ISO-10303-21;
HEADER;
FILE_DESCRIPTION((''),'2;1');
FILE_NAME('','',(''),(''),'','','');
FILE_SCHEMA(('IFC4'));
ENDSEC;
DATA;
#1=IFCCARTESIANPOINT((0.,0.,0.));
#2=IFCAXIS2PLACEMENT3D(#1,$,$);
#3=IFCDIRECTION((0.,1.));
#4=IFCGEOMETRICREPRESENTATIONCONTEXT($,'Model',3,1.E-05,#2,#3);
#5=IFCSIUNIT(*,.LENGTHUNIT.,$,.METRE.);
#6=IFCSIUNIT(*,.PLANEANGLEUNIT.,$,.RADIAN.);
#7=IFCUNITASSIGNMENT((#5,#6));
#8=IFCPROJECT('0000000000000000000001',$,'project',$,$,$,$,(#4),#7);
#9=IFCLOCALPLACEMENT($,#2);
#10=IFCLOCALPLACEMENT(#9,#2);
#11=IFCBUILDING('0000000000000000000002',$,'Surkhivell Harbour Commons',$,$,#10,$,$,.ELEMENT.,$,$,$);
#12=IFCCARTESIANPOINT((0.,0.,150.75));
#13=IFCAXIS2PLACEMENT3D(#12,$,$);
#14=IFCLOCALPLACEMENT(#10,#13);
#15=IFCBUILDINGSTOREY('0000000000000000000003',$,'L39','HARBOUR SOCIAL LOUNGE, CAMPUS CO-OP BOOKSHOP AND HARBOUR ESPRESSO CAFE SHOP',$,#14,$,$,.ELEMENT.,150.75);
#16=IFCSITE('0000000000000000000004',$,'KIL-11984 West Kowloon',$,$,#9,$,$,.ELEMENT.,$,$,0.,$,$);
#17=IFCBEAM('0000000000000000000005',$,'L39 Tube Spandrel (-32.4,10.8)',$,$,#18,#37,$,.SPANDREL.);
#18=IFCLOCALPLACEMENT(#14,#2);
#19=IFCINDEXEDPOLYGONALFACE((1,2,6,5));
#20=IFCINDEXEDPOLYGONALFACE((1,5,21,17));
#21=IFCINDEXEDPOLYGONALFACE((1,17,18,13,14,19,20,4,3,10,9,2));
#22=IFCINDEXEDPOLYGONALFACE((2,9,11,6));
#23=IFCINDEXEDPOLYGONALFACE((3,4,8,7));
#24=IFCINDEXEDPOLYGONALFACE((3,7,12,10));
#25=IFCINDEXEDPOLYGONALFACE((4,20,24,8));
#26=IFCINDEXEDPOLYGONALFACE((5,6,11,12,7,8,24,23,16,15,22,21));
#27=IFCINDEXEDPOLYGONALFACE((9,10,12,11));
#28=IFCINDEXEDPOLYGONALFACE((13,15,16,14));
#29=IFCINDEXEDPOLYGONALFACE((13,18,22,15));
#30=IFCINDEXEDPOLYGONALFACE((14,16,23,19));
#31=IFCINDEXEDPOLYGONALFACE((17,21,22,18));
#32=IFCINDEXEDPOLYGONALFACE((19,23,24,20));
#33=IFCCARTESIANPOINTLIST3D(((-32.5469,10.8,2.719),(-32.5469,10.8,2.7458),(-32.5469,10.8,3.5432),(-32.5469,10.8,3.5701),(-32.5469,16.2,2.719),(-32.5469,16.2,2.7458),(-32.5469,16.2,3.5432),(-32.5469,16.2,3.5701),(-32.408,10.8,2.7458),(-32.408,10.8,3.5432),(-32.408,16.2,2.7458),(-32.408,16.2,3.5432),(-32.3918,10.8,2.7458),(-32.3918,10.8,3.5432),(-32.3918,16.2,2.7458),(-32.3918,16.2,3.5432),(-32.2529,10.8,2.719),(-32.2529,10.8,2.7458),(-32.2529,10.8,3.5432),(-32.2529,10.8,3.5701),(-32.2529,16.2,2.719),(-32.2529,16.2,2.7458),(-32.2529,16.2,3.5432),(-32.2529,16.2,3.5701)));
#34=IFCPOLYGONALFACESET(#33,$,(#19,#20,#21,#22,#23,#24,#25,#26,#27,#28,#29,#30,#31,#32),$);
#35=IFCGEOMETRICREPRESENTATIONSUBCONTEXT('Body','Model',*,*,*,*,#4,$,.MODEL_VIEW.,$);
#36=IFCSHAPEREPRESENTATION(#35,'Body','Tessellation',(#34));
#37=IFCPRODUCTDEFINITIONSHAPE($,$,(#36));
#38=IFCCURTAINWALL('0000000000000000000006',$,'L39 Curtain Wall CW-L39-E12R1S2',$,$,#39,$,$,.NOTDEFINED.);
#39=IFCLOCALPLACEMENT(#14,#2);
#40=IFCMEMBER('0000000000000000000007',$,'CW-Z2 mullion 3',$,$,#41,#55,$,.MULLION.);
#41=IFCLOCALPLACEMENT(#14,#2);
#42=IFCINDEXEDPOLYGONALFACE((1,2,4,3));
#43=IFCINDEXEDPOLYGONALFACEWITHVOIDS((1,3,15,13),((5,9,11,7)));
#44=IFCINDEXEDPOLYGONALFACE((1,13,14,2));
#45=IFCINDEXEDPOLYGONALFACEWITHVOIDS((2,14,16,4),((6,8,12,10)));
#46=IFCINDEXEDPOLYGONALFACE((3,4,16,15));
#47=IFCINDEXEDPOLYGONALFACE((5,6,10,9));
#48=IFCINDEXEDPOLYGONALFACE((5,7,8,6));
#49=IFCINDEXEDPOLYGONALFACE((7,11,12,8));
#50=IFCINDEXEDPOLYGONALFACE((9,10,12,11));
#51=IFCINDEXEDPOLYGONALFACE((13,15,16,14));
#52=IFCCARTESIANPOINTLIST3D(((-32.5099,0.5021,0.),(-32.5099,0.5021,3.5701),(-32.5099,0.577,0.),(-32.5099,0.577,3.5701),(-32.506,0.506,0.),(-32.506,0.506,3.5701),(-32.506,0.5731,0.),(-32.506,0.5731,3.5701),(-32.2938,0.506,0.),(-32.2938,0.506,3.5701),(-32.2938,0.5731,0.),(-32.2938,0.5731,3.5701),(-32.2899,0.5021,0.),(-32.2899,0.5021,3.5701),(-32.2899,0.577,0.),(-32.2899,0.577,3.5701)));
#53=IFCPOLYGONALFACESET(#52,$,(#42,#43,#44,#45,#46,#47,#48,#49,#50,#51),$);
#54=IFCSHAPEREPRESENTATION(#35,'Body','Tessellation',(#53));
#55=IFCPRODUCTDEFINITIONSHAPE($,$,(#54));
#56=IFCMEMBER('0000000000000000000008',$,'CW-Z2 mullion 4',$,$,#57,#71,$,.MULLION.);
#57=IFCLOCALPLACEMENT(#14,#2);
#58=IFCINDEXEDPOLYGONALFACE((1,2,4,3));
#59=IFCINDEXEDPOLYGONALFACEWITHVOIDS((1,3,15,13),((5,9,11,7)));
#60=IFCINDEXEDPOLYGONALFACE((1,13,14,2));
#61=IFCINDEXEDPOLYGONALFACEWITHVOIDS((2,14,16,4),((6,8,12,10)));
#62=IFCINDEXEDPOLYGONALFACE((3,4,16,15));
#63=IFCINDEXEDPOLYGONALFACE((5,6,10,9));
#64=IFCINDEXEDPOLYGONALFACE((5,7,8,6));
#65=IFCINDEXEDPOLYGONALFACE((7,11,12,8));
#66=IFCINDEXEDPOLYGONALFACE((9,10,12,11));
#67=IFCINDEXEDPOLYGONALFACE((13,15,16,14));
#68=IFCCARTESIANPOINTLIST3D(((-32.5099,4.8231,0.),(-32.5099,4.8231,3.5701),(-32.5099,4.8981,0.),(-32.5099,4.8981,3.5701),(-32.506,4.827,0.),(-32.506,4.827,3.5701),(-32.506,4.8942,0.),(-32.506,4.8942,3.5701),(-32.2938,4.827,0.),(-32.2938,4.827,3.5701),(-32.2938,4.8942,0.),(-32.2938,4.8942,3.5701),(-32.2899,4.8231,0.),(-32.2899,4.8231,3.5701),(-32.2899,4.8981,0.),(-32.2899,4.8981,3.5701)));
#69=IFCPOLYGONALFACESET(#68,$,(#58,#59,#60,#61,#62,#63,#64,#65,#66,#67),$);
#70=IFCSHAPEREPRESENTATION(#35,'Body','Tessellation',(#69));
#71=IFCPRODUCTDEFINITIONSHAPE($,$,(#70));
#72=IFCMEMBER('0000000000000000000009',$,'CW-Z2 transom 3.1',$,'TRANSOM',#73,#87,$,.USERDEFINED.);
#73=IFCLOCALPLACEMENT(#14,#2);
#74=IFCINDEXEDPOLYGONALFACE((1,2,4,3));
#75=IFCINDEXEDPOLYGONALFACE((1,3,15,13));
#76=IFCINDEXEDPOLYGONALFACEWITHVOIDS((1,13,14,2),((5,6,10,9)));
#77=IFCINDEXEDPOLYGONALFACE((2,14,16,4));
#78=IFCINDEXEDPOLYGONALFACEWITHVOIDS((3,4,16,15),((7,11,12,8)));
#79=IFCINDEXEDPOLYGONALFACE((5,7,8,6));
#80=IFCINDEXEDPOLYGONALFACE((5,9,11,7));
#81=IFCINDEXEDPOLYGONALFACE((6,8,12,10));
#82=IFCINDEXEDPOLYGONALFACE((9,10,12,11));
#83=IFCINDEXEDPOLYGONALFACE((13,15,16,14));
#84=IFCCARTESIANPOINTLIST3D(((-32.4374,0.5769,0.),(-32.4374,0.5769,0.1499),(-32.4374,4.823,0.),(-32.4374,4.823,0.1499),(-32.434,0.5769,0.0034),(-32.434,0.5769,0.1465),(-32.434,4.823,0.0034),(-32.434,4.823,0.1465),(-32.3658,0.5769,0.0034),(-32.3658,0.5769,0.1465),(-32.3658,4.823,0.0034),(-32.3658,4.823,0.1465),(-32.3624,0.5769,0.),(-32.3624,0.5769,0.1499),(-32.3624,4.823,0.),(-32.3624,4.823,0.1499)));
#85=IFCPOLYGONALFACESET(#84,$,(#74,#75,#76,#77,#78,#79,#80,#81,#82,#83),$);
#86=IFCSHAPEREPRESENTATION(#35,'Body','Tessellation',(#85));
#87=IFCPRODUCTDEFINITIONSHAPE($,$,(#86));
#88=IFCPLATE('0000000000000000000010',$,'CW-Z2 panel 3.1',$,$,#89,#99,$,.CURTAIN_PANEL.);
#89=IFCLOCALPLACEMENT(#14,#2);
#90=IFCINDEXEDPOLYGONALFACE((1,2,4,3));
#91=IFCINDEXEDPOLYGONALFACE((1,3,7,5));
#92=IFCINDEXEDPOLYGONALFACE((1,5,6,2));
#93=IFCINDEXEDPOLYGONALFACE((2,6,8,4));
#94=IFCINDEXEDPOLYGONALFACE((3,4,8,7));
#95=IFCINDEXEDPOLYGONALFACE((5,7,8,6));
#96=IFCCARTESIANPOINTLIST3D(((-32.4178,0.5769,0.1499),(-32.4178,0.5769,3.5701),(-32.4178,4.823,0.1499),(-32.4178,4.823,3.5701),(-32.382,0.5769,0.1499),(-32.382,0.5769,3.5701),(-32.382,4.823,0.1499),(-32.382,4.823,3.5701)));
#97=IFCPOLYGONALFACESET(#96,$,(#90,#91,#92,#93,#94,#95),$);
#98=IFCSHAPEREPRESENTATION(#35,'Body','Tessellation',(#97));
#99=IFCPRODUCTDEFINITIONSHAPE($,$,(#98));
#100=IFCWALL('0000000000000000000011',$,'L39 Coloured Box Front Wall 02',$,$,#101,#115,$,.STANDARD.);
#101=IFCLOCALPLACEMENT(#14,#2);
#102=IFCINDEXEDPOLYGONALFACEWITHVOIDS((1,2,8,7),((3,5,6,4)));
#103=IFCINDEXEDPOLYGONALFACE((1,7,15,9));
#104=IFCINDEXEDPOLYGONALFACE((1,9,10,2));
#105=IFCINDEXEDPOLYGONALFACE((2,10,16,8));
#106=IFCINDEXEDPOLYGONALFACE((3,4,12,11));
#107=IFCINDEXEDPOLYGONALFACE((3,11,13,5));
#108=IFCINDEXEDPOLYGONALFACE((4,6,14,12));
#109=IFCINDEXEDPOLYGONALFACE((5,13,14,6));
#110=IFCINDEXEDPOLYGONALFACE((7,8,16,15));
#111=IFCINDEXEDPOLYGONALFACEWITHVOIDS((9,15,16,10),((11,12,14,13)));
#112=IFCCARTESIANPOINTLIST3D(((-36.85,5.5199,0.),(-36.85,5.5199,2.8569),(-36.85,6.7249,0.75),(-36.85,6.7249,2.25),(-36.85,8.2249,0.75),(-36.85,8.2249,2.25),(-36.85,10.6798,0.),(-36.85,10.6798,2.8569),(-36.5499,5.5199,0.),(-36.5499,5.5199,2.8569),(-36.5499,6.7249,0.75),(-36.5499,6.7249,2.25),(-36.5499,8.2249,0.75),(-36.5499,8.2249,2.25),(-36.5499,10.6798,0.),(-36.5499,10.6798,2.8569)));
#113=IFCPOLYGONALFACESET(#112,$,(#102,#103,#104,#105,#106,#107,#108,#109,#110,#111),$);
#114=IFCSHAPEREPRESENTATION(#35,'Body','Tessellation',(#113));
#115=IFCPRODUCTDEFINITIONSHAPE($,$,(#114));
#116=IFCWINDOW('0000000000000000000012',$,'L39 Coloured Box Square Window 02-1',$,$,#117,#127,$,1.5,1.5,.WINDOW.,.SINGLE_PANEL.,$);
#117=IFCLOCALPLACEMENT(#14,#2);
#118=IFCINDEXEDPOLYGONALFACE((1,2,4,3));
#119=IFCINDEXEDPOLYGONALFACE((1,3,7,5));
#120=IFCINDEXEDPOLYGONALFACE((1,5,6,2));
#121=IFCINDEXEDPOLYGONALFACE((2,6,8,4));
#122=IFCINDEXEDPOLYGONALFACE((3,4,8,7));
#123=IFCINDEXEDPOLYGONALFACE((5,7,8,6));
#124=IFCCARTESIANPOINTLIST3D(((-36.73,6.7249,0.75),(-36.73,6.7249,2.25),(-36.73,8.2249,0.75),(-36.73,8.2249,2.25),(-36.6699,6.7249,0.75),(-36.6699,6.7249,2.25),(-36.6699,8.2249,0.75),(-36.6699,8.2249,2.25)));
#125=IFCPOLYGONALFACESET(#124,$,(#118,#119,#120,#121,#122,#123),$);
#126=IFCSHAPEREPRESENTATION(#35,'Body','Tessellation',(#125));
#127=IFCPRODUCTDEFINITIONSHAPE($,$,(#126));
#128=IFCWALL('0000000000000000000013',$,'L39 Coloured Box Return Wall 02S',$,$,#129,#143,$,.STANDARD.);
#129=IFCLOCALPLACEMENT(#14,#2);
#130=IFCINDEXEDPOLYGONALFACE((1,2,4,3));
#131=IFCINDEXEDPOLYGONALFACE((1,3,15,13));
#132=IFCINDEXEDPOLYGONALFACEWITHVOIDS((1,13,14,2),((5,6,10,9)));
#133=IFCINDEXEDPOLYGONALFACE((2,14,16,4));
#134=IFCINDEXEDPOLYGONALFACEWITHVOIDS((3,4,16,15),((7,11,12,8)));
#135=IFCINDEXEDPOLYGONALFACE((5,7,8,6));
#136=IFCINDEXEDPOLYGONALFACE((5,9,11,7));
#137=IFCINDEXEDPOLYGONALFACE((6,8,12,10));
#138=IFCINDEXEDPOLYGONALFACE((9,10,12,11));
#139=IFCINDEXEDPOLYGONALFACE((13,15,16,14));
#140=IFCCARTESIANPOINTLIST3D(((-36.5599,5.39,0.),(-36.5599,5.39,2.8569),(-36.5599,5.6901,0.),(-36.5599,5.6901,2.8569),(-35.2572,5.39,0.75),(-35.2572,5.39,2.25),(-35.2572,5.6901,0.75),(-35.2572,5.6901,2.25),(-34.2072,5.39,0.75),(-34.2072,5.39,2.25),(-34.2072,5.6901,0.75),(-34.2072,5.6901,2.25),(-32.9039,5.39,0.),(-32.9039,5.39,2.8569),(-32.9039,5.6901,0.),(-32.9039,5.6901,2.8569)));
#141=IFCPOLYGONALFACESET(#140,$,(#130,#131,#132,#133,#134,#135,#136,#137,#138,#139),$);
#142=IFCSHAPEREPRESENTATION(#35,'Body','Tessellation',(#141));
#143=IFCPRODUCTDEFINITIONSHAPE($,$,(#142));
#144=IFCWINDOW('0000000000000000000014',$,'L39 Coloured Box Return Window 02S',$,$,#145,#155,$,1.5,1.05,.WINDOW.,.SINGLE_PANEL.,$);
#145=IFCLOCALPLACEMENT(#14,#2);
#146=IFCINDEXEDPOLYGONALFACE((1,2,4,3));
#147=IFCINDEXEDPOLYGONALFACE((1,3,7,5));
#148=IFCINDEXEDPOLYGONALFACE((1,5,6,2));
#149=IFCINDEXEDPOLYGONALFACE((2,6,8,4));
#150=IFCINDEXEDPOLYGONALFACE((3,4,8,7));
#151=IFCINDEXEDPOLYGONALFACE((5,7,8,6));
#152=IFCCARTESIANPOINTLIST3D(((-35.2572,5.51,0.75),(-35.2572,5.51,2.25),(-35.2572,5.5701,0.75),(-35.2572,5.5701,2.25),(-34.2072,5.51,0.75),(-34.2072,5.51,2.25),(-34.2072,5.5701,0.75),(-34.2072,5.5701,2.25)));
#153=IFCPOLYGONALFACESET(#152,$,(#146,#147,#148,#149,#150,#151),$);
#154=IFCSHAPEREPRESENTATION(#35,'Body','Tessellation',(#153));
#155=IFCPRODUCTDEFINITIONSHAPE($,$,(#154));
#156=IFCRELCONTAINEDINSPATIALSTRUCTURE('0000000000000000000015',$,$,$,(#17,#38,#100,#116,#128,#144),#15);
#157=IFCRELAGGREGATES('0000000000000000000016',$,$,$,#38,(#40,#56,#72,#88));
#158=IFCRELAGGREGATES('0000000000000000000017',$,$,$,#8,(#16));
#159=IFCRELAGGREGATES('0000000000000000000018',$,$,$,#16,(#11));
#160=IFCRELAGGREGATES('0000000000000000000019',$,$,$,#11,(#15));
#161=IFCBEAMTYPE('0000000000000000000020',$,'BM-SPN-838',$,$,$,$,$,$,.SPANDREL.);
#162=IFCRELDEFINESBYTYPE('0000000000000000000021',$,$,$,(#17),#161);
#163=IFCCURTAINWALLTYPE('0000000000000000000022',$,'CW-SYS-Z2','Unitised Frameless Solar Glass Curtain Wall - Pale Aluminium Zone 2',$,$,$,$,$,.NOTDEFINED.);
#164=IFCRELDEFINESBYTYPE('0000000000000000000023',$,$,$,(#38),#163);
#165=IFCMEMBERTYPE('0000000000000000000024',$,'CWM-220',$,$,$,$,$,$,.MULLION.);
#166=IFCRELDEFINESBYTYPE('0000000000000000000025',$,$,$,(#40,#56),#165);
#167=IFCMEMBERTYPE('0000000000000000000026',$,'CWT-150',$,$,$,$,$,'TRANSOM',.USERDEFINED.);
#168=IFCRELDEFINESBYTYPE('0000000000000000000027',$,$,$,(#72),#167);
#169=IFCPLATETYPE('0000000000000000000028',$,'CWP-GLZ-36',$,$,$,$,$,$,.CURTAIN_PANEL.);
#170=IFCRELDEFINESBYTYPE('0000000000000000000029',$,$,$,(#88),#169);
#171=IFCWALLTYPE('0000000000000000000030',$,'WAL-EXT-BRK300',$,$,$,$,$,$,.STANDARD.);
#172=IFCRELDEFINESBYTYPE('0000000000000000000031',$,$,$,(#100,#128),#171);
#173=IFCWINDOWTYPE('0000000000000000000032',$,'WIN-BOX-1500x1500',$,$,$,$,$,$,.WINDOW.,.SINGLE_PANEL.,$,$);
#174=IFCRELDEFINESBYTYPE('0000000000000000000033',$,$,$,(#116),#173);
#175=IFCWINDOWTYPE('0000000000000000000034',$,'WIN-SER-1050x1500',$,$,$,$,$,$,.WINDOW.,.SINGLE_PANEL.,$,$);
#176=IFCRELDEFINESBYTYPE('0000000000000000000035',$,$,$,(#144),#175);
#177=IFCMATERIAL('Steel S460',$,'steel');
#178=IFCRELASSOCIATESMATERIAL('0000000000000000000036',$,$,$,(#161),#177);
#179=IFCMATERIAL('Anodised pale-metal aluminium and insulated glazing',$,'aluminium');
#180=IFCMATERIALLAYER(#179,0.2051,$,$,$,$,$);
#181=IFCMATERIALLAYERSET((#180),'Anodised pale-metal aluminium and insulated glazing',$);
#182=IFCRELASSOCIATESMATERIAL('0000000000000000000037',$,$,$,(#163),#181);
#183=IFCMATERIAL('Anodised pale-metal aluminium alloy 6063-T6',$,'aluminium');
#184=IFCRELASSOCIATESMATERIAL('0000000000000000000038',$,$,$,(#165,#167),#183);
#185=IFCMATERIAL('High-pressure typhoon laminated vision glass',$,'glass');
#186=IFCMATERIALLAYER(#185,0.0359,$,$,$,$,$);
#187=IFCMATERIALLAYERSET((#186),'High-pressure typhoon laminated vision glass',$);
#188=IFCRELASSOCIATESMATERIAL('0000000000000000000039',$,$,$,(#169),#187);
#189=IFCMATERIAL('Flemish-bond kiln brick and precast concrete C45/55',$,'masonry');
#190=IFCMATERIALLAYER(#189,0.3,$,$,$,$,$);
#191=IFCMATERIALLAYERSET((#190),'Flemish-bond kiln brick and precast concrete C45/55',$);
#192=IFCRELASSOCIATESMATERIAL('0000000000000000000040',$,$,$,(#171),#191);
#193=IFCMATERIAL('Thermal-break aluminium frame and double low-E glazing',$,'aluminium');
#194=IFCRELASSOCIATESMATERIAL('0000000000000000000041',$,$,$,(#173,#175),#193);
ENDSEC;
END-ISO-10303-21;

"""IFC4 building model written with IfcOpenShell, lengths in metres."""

from ifc_helpers import new_model, si_unit, direction, frame, frame_2d, origin, origin_2d, place, context, subcontext, project, spatial, rectangle, hollow_rectangle, i_section, extrude, material, layer, layer_set, material_profile, profile_set, type_object, element, fill, aggregate, save


model = new_model("IFC4")

# Units and contexts
model_context = context("Model", 3, precision=1e-05, world=origin(), true_north=direction((0.0, 1.0)))
body_context = subcontext(model_context, "Body", "Model", "MODEL_VIEW")
ifc_project = project(units=[si_unit("LENGTHUNIT", "METRE"), si_unit("PLANEANGLEUNIT", "RADIAN")], contexts=[model_context])

# Site, building, storey
site_placement = place(None, origin())
site = spatial("IfcSite", under=ifc_project, at=site_placement, Name="KIL-11984 West Kowloon", CompositionType="ELEMENT", RefElevation=0.0)
building_placement = place(site_placement, origin())
building = spatial("IfcBuilding", under=site, at=building_placement, Name="Surkhivell Harbour Commons", CompositionType="ELEMENT")
storey_placement = place(building_placement, frame((0.0, 0.0, 150.75)))
storey = spatial("IfcBuildingStorey", under=building, at=storey_placement, Name="L39", Description="HARBOUR SOCIAL LOUNGE, CAMPUS CO-OP BOOKSHOP AND HARBOUR ESPRESSO CAFE SHOP", CompositionType="ELEMENT", Elevation=150.75)

# Beam
ifc_material_1 = material(Name="Steel S460", Category="steel")
ifc_material_profile_1 = material_profile(ifc_material_1, i_section(OverallWidth=0.2939, OverallDepth=0.8511, WebThickness=0.0161, FlangeThickness=0.0269, at=origin_2d()), Name="UB838x292x226")
ifc_profile_set_1 = profile_set([ifc_material_profile_1], Name="Steel S460")
beam_type_1 = type_object("IfcBeamType", Name="BM-SPN-838", PredefinedType="SPANDREL", material=ifc_profile_set_1)
beam_1_placement = place(storey_placement, frame((-32.3999, 10.8, 3.1445), z_axis=(0.0, 1.0, 0.0), x_axis=(-1.0, 0.0, 0.0)))
element("IfcBeam", 1, at=beam_1_placement, inside=storey, type_object=beam_type_1, Name="L39 Tube Spandrel (-32.4,10.8)", PredefinedType="SPANDREL", context=body_context, shape_type="SweptSolid", body=[
    extrude(i_section(OverallWidth=0.2939, OverallDepth=0.8511, WebThickness=0.0161, FlangeThickness=0.0269, at=origin_2d()), origin(), (0.0, 0.0, 1.0), 5.3999),
])

# Curtain wall, members, plate
ifc_material_2 = material(Name="Anodised pale-metal aluminium and insulated glazing", Category="aluminium")
ifc_layer_1 = layer(ifc_material_2, 0.2051)
ifc_layer_set_1 = layer_set([ifc_layer_1], Name="Anodised pale-metal aluminium and insulated glazing")
curtain_wall_type = type_object("IfcCurtainWallType", Name="CW-SYS-Z2", Description="Unitised Frameless Solar Glass Curtain Wall - Pale Aluminium Zone 2", PredefinedType="NOTDEFINED", material=ifc_layer_set_1)
curtain_wall_placement = place(storey_placement, origin())
curtain_wall = element("IfcCurtainWall", 2, at=curtain_wall_placement, inside=storey, type_object=curtain_wall_type, Name="L39 Curtain Wall CW-L39-E12R1S2", PredefinedType="NOTDEFINED")
ifc_material_3 = material(Name="Anodised pale-metal aluminium alloy 6063-T6", Category="aluminium")
ifc_material_profile_2 = material_profile(ifc_material_3, hollow_rectangle(XDim=0.075, YDim=0.22, WallThickness=0.0039, at=origin_2d()), Name="ALU-MULL-75x220")
ifc_profile_set_2 = profile_set([ifc_material_profile_2], Name="Anodised pale-metal aluminium alloy 6063-T6")
member_type_1 = type_object("IfcMemberType", Name="CWM-220", PredefinedType="MULLION", material=ifc_profile_set_2)
member_1_placement = place(storey_placement, frame((-32.3999, 0.5396, 0.0), z_axis=(0.0, 0.0, 1.0), x_axis=(0.0, 1.0, 0.0)))
member_1 = element("IfcMember", 3, at=member_1_placement, type_object=member_type_1, Name="CW-Z2 mullion 3", PredefinedType="MULLION", context=body_context, shape_type="SweptSolid", body=[
    extrude(hollow_rectangle(XDim=0.075, YDim=0.22, WallThickness=0.0039, at=origin_2d()), origin(), (0.0, 0.0, 1.0), 3.5701),
])
member_2_placement = place(storey_placement, frame((-32.3999, 4.8606, 0.0), z_axis=(0.0, 0.0, 1.0), x_axis=(0.0, 1.0, 0.0)))
member_2 = element("IfcMember", 4, at=member_2_placement, type_object=member_type_1, Name="CW-Z2 mullion 4", PredefinedType="MULLION", context=body_context, shape_type="SweptSolid", body=[
    extrude(hollow_rectangle(XDim=0.075, YDim=0.22, WallThickness=0.0039, at=origin_2d()), origin(), (0.0, 0.0, 1.0), 3.5701),
])
ifc_material_profile_3 = material_profile(ifc_material_3, hollow_rectangle(XDim=0.075, YDim=0.1499, WallThickness=0.0034, at=origin_2d()), Name="ALU-TRAN-75x150")
ifc_profile_set_3 = profile_set([ifc_material_profile_3], Name="Anodised pale-metal aluminium alloy 6063-T6")
member_type_2 = type_object("IfcMemberType", Name="CWT-150", ElementType="TRANSOM", PredefinedType="USERDEFINED", material=ifc_profile_set_3)
member_3_placement = place(storey_placement, frame((-32.3999, 0.5769, 0.075), z_axis=(0.0, 1.0, 0.0), x_axis=(-1.0, 0.0, 0.0)))
member_3 = element("IfcMember", 5, at=member_3_placement, type_object=member_type_2, Name="CW-Z2 transom 3.1", ObjectType="TRANSOM", PredefinedType="USERDEFINED", context=body_context, shape_type="SweptSolid", body=[
    extrude(hollow_rectangle(XDim=0.075, YDim=0.1499, WallThickness=0.0034, at=origin_2d()), origin(), (0.0, 0.0, 1.0), 4.2461),
])
ifc_material_4 = material(Name="High-pressure typhoon laminated vision glass", Category="glass")
ifc_layer_2 = layer(ifc_material_4, 0.0359)
ifc_layer_set_2 = layer_set([ifc_layer_2], Name="High-pressure typhoon laminated vision glass")
plate_type = type_object("IfcPlateType", Name="CWP-GLZ-36", PredefinedType="CURTAIN_PANEL", material=ifc_layer_set_2)
plate_placement = place(storey_placement, frame((-32.3999, 0.5769, 0.1499), z_axis=(0.0, 0.0, 1.0), x_axis=(0.0, 1.0, 0.0)))
plate = element("IfcPlate", 6, at=plate_placement, type_object=plate_type, Name="CW-Z2 panel 3.1", PredefinedType="CURTAIN_PANEL", context=body_context, shape_type="SweptSolid", body=[
    extrude(rectangle(XDim=4.2461, YDim=0.0359, at=frame_2d((2.123, 0.0))), origin(), (0.0, 0.0, 1.0), 3.4202),
])
aggregate(curtain_wall, [member_1, member_2, member_3, plate])

# Walls, openings, windows
ifc_material_5 = material(Name="Flemish-bond kiln brick and precast concrete C45/55", Category="masonry")
ifc_layer_3 = layer(ifc_material_5, 0.3)
ifc_layer_set_3 = layer_set([ifc_layer_3], Name="Flemish-bond kiln brick and precast concrete C45/55")
wall_type_1 = type_object("IfcWallType", Name="WAL-EXT-BRK300", PredefinedType="STANDARD", material=ifc_layer_set_3)
wall_1_placement = place(storey_placement, frame((-36.7, 10.6799, 0.0), z_axis=(0.0, 0.0, 1.0), x_axis=(0.0, -1.0, 0.0)))
wall_1 = element("IfcWall", 7, at=wall_1_placement, inside=storey, type_object=wall_type_1, Name="L39 Coloured Box Front Wall 02", PredefinedType="STANDARD", context=body_context, shape_type="SweptSolid", body=[
    extrude(rectangle(XDim=5.1599, YDim=0.3, at=frame_2d((2.5801, 0.0))), origin(), (0.0, 0.0, 1.0), 2.8569),
])
opening_1_placement = place(wall_1_placement, frame((2.4551, 0.0, 0.75)))
opening_1 = element("IfcOpeningElement", 8, at=opening_1_placement, cuts=wall_1, PredefinedType="OPENING", context=body_context, shape_type="SweptSolid", body=[
    extrude(rectangle(XDim=1.5, YDim=1.5, at=frame_2d((0.75, 0.75))), frame((0.0, 0.1599, 0.0), z_axis=(0.0, -1.0, 0.0), x_axis=(1.0, 0.0, 0.0)), (0.0, 0.0, 1.0), 0.3201),
])
ifc_material_6 = material(Name="Thermal-break aluminium frame and double low-E glazing", Category="aluminium")
window_type_1 = type_object("IfcWindowType", Name="WIN-BOX-1500x1500", PartitioningType="SINGLE_PANEL", PredefinedType="WINDOW", material=ifc_material_6)
window_1_placement = place(opening_1_placement, origin())
window_1 = element("IfcWindow", 9, at=window_1_placement, inside=storey, type_object=window_type_1, Name="L39 Coloured Box Square Window 02-1", OverallHeight=1.5, OverallWidth=1.5, PartitioningType="SINGLE_PANEL", PredefinedType="WINDOW", context=body_context, shape_type="SweptSolid", body=[
    extrude(rectangle(XDim=1.5, YDim=1.5, at=frame_2d((0.75, 0.75))), frame((0.0, 0.03, 0.0), z_axis=(0.0, -1.0, 0.0), x_axis=(1.0, 0.0, 0.0)), (0.0, 0.0, 1.0), 0.0601),
])
fill(opening_1, window_1)
wall_2_placement = place(storey_placement, frame((-36.5601, 5.54, 0.0), z_axis=(0.0, 0.0, 1.0), x_axis=(1.0, 0.0, 0.0)))
wall_2 = element("IfcWall", 10, at=wall_2_placement, inside=storey, type_object=wall_type_1, Name="L39 Coloured Box Return Wall 02S", PredefinedType="STANDARD", context=body_context, shape_type="SweptSolid", body=[
    extrude(rectangle(XDim=3.656, YDim=0.3, at=frame_2d((1.8281, 0.0))), origin(), (0.0, 0.0, 1.0), 2.8569),
])
opening_2_placement = place(wall_2_placement, frame((1.303, 0.0, 0.75)))
opening_2 = element("IfcOpeningElement", 11, at=opening_2_placement, cuts=wall_2, PredefinedType="OPENING", context=body_context, shape_type="SweptSolid", body=[
    extrude(rectangle(XDim=1.05, YDim=1.5, at=frame_2d((0.5249, 0.75))), frame((0.0, 0.1599, 0.0), z_axis=(0.0, -1.0, 0.0), x_axis=(1.0, 0.0, 0.0)), (0.0, 0.0, 1.0), 0.3201),
])
window_type_2 = type_object("IfcWindowType", Name="WIN-SER-1050x1500", PartitioningType="SINGLE_PANEL", PredefinedType="WINDOW", material=ifc_material_6)
window_2_placement = place(opening_2_placement, origin())
window_2 = element("IfcWindow", 12, at=window_2_placement, inside=storey, type_object=window_type_2, Name="L39 Coloured Box Return Window 02S", OverallHeight=1.5, OverallWidth=1.05, PartitioningType="SINGLE_PANEL", PredefinedType="WINDOW", context=body_context, shape_type="SweptSolid", body=[
    extrude(rectangle(XDim=1.05, YDim=1.5, at=frame_2d((0.5249, 0.75))), frame((0.0, 0.03, 0.0), z_axis=(0.0, -1.0, 0.0), x_axis=(1.0, 0.0, 0.0)), (0.0, 0.0, 1.0), 0.0601),
])
fill(opening_2, window_2)

save(model, "model.ifc")
